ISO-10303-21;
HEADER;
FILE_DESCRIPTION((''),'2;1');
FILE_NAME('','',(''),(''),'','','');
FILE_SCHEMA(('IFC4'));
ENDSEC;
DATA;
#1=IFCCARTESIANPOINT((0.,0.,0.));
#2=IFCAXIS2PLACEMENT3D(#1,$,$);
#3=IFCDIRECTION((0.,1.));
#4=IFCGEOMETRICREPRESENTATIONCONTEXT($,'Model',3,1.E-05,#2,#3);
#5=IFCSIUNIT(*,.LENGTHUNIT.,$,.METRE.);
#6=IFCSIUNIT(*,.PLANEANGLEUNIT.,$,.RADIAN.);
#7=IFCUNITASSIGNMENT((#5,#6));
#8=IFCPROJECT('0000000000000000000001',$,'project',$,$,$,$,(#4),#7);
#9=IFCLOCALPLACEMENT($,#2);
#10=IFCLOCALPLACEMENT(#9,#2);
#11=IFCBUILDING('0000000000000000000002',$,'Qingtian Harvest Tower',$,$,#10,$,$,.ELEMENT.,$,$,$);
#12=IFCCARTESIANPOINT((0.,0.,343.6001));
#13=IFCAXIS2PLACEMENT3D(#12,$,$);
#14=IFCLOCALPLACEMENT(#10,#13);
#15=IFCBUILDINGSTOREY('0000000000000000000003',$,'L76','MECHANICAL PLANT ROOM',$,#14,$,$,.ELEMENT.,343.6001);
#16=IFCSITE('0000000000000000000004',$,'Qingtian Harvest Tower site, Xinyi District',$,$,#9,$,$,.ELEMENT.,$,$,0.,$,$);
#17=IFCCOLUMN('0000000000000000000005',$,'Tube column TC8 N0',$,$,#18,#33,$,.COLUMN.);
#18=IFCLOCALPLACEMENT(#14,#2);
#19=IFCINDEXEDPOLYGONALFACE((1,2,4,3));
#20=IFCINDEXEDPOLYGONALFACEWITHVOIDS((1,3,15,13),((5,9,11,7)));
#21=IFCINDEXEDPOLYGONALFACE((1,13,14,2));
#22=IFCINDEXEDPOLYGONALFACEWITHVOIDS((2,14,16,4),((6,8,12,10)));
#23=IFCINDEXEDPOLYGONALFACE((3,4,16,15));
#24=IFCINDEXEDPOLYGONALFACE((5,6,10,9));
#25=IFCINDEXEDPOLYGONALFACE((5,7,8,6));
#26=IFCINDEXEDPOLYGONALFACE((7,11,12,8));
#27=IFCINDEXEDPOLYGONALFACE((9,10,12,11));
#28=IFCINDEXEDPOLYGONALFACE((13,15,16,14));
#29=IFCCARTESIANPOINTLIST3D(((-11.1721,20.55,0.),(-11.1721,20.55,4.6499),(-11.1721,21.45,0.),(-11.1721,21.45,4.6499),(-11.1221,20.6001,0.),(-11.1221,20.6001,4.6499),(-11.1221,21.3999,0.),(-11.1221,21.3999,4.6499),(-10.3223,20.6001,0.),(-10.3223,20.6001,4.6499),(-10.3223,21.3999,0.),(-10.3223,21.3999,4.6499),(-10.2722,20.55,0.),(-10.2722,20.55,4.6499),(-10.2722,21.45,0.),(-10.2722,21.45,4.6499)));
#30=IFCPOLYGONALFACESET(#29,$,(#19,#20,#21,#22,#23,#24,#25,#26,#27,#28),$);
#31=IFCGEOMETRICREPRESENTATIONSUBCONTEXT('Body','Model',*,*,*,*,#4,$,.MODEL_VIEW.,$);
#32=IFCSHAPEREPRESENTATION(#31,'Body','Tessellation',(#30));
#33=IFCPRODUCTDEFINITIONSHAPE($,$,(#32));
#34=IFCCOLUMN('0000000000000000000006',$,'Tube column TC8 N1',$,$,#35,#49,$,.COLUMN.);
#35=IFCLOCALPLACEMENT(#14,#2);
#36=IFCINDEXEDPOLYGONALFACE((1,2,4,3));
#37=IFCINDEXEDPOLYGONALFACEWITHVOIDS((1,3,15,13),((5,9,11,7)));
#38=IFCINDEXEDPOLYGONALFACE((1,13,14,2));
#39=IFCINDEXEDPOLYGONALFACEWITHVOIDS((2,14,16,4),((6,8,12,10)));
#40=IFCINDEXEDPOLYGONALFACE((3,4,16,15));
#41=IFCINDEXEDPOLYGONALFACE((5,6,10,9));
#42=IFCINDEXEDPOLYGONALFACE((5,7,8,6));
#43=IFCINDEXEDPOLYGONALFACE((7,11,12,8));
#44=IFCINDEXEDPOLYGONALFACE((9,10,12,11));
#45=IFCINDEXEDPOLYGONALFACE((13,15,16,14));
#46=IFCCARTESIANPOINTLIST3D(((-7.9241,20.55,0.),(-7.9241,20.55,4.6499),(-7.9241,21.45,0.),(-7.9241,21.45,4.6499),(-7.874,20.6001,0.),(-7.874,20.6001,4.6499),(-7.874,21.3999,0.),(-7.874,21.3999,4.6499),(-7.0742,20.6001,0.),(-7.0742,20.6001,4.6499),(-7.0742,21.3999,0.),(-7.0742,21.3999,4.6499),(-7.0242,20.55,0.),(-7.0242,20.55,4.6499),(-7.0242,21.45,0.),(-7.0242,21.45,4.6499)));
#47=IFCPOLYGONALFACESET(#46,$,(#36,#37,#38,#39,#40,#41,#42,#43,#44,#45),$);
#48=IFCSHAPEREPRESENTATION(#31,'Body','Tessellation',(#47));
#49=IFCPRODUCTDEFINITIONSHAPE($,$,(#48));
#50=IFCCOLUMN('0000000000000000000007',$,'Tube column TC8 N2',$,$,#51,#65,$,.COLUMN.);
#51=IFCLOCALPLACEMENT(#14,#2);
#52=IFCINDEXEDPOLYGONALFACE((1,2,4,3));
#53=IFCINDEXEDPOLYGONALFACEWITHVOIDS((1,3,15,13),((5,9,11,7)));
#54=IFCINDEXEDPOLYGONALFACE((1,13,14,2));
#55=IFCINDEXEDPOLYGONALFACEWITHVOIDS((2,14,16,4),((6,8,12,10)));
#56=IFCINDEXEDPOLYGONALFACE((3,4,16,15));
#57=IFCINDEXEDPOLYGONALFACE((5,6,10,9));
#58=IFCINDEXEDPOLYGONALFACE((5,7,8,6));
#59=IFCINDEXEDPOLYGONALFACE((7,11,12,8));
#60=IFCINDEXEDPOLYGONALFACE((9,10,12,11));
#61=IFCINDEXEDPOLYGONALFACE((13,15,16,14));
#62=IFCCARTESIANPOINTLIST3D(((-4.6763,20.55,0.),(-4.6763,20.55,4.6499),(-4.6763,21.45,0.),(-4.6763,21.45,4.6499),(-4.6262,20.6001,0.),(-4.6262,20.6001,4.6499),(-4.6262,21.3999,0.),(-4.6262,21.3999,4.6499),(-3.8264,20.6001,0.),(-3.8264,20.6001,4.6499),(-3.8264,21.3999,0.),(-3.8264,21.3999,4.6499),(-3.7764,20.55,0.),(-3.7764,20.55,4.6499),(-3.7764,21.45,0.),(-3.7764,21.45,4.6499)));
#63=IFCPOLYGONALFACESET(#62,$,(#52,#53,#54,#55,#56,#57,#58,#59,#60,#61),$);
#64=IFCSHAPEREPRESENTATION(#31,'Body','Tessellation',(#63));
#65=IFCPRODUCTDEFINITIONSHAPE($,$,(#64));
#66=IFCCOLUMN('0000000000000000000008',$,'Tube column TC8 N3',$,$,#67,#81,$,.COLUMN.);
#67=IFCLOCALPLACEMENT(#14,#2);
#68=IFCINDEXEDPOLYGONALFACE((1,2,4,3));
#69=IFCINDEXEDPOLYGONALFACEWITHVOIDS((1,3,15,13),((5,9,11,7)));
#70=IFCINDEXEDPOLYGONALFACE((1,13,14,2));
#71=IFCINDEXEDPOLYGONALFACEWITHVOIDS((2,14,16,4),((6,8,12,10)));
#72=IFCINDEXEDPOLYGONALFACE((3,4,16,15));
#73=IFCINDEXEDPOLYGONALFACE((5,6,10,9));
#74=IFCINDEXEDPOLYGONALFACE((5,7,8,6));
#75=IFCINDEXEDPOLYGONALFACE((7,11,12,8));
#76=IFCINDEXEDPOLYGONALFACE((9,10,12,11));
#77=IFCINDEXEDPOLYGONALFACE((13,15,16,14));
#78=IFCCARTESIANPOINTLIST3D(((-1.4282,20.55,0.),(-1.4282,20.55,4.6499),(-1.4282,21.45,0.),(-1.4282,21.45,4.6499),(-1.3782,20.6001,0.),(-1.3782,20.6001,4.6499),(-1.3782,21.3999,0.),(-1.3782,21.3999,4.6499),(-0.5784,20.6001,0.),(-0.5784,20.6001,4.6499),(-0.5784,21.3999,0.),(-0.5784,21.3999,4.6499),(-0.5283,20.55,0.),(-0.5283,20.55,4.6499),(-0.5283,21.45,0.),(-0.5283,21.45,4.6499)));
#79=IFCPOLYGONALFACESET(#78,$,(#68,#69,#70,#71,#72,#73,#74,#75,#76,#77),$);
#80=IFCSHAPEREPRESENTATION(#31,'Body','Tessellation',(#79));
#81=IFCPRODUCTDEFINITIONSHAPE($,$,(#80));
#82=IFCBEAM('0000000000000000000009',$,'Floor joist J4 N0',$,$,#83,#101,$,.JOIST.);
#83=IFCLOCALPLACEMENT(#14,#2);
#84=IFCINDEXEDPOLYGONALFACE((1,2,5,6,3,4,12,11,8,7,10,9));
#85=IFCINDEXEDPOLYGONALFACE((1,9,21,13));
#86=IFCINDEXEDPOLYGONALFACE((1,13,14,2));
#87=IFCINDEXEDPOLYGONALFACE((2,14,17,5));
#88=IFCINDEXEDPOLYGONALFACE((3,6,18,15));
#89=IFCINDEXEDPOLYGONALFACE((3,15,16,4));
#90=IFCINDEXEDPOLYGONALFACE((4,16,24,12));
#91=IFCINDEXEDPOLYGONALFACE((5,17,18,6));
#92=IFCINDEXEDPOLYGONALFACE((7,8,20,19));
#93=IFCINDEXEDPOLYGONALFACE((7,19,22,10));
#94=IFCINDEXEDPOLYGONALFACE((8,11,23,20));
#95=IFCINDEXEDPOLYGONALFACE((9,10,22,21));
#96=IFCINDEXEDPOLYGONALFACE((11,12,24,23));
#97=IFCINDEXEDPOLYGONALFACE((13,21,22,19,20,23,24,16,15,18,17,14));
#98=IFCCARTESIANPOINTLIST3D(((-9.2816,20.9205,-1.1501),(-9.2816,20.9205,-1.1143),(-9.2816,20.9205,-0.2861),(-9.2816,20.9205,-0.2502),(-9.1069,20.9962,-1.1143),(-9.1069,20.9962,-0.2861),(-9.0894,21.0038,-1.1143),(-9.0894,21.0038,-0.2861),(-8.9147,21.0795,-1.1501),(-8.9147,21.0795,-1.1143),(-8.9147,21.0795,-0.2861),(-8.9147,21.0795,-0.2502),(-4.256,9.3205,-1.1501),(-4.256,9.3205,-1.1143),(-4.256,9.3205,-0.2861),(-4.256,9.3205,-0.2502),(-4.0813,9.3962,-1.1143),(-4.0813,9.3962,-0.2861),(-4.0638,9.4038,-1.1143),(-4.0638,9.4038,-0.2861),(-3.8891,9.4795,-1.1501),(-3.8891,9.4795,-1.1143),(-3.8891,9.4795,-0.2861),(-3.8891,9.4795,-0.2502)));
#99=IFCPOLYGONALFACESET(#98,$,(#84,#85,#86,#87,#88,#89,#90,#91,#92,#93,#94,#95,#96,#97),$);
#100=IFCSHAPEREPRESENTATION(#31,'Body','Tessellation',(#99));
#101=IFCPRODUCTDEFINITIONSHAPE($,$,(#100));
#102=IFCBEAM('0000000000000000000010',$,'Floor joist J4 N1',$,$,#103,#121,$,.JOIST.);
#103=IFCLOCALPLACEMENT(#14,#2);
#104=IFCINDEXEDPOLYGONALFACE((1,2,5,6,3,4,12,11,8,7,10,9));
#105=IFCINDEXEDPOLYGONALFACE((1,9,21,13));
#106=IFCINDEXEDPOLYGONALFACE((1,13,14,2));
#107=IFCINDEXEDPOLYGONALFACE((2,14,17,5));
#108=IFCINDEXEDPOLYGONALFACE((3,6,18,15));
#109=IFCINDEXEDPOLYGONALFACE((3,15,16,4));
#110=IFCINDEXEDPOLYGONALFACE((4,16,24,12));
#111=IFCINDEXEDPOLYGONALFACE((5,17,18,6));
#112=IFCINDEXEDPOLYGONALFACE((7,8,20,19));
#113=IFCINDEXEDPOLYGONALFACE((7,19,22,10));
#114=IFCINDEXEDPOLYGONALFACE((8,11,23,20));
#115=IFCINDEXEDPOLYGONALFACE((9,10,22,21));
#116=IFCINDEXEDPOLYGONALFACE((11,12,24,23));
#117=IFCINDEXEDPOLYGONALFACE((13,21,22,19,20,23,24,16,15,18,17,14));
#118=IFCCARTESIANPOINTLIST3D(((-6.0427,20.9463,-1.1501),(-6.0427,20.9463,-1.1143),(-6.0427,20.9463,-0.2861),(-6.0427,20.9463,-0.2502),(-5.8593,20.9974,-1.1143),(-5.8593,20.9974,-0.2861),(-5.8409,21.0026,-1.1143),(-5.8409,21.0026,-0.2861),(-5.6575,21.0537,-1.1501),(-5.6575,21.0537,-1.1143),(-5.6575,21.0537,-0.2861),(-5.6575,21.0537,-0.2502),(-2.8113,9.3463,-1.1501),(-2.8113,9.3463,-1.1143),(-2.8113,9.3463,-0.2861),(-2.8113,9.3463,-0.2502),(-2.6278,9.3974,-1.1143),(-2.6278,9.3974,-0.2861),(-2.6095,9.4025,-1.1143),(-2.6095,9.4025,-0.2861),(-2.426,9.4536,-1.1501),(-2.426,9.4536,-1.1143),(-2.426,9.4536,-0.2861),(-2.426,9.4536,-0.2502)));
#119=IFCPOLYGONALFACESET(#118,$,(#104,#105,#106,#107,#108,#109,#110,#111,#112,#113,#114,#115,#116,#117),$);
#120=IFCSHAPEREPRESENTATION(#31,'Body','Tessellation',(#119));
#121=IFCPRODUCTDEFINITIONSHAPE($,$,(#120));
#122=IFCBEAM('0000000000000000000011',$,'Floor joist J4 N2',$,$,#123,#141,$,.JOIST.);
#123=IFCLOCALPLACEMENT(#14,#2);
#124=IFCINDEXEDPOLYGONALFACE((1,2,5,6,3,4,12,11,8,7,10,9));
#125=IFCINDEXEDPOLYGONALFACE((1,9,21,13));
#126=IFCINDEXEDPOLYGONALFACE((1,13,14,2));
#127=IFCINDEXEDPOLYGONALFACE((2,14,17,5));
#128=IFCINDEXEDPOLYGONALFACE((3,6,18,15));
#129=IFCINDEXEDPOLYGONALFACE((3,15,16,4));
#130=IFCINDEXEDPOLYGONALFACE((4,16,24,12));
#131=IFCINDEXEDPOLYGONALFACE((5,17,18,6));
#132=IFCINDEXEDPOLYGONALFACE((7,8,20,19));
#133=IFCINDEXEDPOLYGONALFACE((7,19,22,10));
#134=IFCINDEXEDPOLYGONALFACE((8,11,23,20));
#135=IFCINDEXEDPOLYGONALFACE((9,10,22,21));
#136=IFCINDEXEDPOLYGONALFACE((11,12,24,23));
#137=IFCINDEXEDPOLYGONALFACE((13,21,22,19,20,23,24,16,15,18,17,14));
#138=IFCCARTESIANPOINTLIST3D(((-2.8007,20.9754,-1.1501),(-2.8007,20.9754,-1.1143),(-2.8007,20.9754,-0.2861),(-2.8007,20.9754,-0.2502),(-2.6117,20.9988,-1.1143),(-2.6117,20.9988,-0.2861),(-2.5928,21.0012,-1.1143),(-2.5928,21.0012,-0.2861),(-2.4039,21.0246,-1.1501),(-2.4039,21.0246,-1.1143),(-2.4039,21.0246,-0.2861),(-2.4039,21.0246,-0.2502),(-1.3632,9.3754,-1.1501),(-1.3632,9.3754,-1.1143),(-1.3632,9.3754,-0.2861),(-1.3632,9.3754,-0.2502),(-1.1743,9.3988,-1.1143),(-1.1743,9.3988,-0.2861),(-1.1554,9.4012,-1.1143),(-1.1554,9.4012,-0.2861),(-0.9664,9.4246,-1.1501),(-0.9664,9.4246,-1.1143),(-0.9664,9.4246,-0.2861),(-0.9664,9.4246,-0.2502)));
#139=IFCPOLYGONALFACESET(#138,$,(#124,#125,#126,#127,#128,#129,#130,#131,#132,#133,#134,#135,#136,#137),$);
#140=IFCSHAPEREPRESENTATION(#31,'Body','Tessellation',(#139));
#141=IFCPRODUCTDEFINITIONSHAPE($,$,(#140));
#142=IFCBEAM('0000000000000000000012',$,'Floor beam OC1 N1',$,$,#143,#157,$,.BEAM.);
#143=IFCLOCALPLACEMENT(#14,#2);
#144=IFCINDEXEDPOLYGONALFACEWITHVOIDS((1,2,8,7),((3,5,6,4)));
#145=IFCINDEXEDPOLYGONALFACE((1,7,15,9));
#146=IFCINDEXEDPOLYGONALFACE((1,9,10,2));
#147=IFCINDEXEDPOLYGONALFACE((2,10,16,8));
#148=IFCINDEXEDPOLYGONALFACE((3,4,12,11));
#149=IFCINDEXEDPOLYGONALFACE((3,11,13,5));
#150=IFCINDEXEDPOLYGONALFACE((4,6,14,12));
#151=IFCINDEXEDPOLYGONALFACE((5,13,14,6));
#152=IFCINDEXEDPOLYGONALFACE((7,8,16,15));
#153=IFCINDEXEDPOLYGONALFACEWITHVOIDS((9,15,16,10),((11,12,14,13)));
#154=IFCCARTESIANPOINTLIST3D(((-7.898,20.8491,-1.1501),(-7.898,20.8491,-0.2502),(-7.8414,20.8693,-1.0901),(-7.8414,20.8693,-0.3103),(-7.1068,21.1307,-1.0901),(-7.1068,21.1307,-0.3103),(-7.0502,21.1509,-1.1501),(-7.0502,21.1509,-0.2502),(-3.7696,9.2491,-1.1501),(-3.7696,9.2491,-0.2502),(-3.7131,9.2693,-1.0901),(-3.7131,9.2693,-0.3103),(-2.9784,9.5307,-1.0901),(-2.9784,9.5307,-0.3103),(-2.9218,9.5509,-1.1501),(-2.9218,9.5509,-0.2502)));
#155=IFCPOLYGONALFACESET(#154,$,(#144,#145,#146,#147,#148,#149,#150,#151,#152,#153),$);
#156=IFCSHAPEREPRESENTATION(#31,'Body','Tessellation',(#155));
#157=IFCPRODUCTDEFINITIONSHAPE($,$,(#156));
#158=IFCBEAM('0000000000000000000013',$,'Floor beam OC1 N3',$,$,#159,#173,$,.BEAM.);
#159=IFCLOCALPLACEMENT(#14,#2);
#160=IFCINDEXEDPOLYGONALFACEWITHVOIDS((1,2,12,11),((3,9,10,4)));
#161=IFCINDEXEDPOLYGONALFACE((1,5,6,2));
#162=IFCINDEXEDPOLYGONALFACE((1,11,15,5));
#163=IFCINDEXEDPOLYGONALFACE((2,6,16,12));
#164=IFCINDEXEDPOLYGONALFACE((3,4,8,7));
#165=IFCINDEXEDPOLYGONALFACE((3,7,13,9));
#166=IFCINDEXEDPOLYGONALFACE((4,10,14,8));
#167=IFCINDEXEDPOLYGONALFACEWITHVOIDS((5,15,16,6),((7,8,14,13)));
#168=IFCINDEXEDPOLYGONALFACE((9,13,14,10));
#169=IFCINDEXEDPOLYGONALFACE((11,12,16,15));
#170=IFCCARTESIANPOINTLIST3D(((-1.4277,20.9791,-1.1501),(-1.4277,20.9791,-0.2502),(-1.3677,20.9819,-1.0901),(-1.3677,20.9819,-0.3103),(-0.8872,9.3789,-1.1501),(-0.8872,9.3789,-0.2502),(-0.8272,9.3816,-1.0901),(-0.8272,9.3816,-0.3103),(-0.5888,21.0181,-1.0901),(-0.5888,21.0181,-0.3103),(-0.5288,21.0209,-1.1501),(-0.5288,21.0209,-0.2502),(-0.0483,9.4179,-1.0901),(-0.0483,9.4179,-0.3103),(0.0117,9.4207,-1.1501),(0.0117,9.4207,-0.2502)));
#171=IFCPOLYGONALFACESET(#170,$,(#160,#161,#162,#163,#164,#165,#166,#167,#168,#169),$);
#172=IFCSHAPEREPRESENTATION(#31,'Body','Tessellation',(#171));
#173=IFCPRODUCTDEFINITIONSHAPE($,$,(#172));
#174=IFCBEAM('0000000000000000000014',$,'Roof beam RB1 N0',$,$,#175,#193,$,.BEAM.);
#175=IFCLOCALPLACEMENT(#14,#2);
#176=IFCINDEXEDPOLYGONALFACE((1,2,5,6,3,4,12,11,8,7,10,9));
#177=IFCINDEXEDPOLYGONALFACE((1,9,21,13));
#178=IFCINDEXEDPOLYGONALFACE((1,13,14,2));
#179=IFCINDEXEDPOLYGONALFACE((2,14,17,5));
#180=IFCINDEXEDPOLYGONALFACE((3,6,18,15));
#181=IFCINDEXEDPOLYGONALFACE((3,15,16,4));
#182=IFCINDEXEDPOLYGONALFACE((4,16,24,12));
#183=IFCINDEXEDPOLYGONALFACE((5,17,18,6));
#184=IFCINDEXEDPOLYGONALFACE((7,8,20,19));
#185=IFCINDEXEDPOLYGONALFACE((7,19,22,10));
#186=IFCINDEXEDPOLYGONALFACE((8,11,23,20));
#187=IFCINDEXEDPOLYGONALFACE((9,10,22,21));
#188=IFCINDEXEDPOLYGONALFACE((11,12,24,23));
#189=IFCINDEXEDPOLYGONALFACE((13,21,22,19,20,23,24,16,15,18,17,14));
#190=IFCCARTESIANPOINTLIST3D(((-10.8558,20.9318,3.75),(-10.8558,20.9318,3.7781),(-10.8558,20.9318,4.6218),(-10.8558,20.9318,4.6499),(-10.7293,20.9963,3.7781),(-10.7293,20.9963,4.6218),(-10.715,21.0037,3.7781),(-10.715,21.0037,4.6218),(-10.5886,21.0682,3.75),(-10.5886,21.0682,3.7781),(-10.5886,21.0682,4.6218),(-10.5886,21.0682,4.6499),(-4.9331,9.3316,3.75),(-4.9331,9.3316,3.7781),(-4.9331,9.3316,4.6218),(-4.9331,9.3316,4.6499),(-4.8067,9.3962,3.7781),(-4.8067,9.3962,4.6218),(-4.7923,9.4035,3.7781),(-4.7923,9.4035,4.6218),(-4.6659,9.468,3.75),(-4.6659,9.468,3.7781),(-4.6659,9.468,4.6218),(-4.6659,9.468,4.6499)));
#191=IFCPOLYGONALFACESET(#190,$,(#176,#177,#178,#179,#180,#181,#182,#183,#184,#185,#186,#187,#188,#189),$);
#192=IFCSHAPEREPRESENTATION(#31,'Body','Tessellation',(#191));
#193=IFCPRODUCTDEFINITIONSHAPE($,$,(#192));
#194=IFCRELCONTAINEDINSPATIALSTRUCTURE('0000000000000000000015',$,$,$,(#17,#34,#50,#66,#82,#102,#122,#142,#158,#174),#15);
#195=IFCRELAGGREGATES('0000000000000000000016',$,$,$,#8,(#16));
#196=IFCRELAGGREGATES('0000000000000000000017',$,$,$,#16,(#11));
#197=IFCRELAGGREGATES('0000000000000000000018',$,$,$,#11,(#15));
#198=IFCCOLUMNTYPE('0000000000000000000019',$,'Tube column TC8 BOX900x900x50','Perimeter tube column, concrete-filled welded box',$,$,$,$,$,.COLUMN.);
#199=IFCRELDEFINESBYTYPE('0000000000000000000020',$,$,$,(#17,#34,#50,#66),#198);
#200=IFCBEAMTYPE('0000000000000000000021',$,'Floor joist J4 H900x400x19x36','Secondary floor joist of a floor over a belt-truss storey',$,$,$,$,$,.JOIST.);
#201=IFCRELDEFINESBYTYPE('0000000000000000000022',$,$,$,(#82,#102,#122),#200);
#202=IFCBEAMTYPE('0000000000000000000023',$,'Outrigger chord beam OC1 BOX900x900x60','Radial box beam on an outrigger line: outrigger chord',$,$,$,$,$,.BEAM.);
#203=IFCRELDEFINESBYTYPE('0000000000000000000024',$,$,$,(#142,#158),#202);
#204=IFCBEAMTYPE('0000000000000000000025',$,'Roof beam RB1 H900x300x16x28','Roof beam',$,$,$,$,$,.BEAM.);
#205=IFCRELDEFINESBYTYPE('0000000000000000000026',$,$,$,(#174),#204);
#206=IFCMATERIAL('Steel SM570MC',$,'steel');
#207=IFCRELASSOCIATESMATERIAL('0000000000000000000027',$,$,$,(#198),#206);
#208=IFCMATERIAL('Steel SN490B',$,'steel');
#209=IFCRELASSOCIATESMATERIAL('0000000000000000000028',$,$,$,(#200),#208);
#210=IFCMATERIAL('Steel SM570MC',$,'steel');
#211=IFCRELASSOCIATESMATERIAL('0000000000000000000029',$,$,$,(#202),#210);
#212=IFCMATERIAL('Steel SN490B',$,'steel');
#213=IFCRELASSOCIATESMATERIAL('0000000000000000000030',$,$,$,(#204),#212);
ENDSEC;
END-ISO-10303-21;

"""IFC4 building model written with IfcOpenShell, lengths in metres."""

from ifc_helpers import new_model, si_unit, direction, frame, origin, origin_2d, place, context, subcontext, project, spatial, hollow_rectangle, i_section, extrude, material, material_profile, profile_set, type_object, element, save


model = new_model("IFC4")

# Units and contexts
model_context = context("Model", 3, precision=1e-05, world=origin(), true_north=direction((0.0, 1.0)))
body_context = subcontext(model_context, "Body", "Model", "MODEL_VIEW")
ifc_project = project(units=[si_unit("LENGTHUNIT", "METRE"), si_unit("PLANEANGLEUNIT", "RADIAN")], contexts=[model_context])

# Site, building, storey
site_placement = place(None, origin())
site = spatial("IfcSite", under=ifc_project, at=site_placement, Name="Qingtian Harvest Tower site, Xinyi District", CompositionType="ELEMENT", RefElevation=0.0)
building_placement = place(site_placement, origin())
building = spatial("IfcBuilding", under=site, at=building_placement, Name="Qingtian Harvest Tower", CompositionType="ELEMENT")
storey_placement = place(building_placement, frame((0.0, 0.0, 343.6001)))
storey = spatial("IfcBuildingStorey", under=building, at=storey_placement, Name="L76", Description="MECHANICAL PLANT ROOM", CompositionType="ELEMENT", Elevation=343.6001)

# Columns
ifc_material_1 = material(Name="Steel SM570MC", Category="steel")
ifc_material_profile_1 = material_profile(ifc_material_1, hollow_rectangle(XDim=0.8999, YDim=0.8999, WallThickness=0.05, at=origin_2d()), Name="BOX900x900x50")
ifc_profile_set_1 = profile_set([ifc_material_profile_1], Name="Steel SM570MC")
column_type = type_object("IfcColumnType", Name="Tube column TC8 BOX900x900x50", Description="Perimeter tube column, concrete-filled welded box", PredefinedType="COLUMN", material=ifc_profile_set_1)
for number, where, z_axis, x_axis, name in (
    (1, (-10.7222, 21.0, 0.0), (0.0, 0.0, 1.0), (-1.0, 0.0, 0.0), "Tube column TC8 N0"),
    (2, (-7.4741, 21.0, 0.0), (0.0, 0.0, 1.0), (-1.0, 0.0, 0.0), "Tube column TC8 N1"),
    (3, (-4.2263, 21.0, 0.0), (0.0, 0.0, 1.0), (-1.0, 0.0, 0.0), "Tube column TC8 N2"),
    (4, (-0.9783, 21.0, 0.0), (0.0, 0.0, 1.0), (-1.0, 0.0, 0.0), "Tube column TC8 N3"),
):
    element("IfcColumn", number, at=place(storey_placement, frame(where, z_axis=z_axis, x_axis=x_axis)), inside=storey, type_object=column_type, Name=name, PredefinedType="COLUMN", context=body_context, shape_type="SweptSolid", body=[
        extrude(hollow_rectangle(XDim=0.8999, YDim=0.8999, WallThickness=0.05, at=origin_2d()), origin(), (0.0, 0.0, 1.0), 4.6499),
    ])

# Beams
ifc_material_2 = material(Name="Steel SN490B", Category="steel")
ifc_material_profile_2 = material_profile(ifc_material_2, i_section(OverallWidth=0.3999, OverallDepth=0.8999, WebThickness=0.019, FlangeThickness=0.0359, at=origin_2d()), Name="H900x400x19x36")
ifc_profile_set_2 = profile_set([ifc_material_profile_2], Name="Steel SN490B")
beam_type_1 = type_object("IfcBeamType", Name="Floor joist J4 H900x400x19x36", Description="Secondary floor joist of a floor over a belt-truss storey", PredefinedType="JOIST", material=ifc_profile_set_2)
beam_1_placement = place(storey_placement, frame((-9.0981, 21.0, -0.7002), z_axis=(0.397536, -0.917587, 0.0), x_axis=(0.917587, 0.397536, 0.0)))
element("IfcBeam", 5, at=beam_1_placement, inside=storey, type_object=beam_type_1, Name="Floor joist J4 N0", PredefinedType="JOIST", context=body_context, shape_type="SweptSolid", body=[
    extrude(i_section(OverallWidth=0.3999, OverallDepth=0.8999, WebThickness=0.019, FlangeThickness=0.0359, at=origin_2d()), origin(), (0.0, 0.0, 1.0), 12.6418),
])
beam_2_placement = place(storey_placement, frame((-5.8501, 21.0, -0.7002), z_axis=(0.268353, -0.963321, 0.0), x_axis=(0.963321, 0.268353, 0.0)))
element("IfcBeam", 6, at=beam_2_placement, inside=storey, type_object=beam_type_1, Name="Floor joist J4 N1", PredefinedType="JOIST", context=body_context, shape_type="SweptSolid", body=[
    extrude(i_section(OverallWidth=0.3999, OverallDepth=0.8999, WebThickness=0.019, FlangeThickness=0.0359, at=origin_2d()), origin(), (0.0, 0.0, 1.0), 12.0417),
])
beam_3_placement = place(storey_placement, frame((-2.6023, 21.0, -0.7002), z_axis=(0.122981, -0.992409, 0.0), x_axis=(0.992409, 0.122981, 0.0)))
element("IfcBeam", 7, at=beam_3_placement, inside=storey, type_object=beam_type_1, Name="Floor joist J4 N2", PredefinedType="JOIST", context=body_context, shape_type="SweptSolid", body=[
    extrude(i_section(OverallWidth=0.3999, OverallDepth=0.8999, WebThickness=0.019, FlangeThickness=0.0359, at=origin_2d()), origin(), (0.0, 0.0, 1.0), 11.6887),
])
ifc_material_3 = material(Name="Steel SM570MC", Category="steel")
ifc_material_profile_3 = material_profile(ifc_material_3, hollow_rectangle(XDim=0.8999, YDim=0.8999, WallThickness=0.0601, at=origin_2d()), Name="BOX900x900x60")
ifc_profile_set_3 = profile_set([ifc_material_profile_3], Name="Steel SM570MC")
beam_type_2 = type_object("IfcBeamType", Name="Outrigger chord beam OC1 BOX900x900x60", Description="Radial box beam on an outrigger line: outrigger chord", PredefinedType="BEAM", material=ifc_profile_set_3)
beam_4_placement = place(storey_placement, frame((-7.4741, 21.0, -0.7002), z_axis=(0.335294, -0.942114, 0.0), x_axis=(0.942114, 0.335294, 0.0)))
element("IfcBeam", 8, at=beam_4_placement, inside=storey, type_object=beam_type_2, Name="Floor beam OC1 N1", PredefinedType="BEAM", context=body_context, shape_type="SweptSolid", body=[
    extrude(hollow_rectangle(XDim=0.8999, YDim=0.8999, WallThickness=0.0601, at=origin_2d()), origin(), (0.0, 0.0, 1.0), 12.3127),
])
beam_5_placement = place(storey_placement, frame((-0.9783, 21.0, -0.7002), z_axis=(0.046546, -0.998916, 0.0), x_axis=(0.998916, 0.046546, 0.0)))
element("IfcBeam", 9, at=beam_5_placement, inside=storey, type_object=beam_type_2, Name="Floor beam OC1 N3", PredefinedType="BEAM", context=body_context, shape_type="SweptSolid", body=[
    extrude(hollow_rectangle(XDim=0.8999, YDim=0.8999, WallThickness=0.0601, at=origin_2d()), origin(), (0.0, 0.0, 1.0), 11.6128),
])
ifc_material_4 = material(Name="Steel SN490B", Category="steel")
ifc_material_profile_4 = material_profile(ifc_material_4, i_section(OverallWidth=0.3, OverallDepth=0.8999, WebThickness=0.0161, FlangeThickness=0.0281, at=origin_2d()), Name="H900x300x16x28")
ifc_profile_set_4 = profile_set([ifc_material_profile_4], Name="Steel SN490B")
beam_type_3 = type_object("IfcBeamType", Name="Roof beam RB1 H900x300x16x28", Description="Roof beam", PredefinedType="BEAM", material=ifc_profile_set_4)
beam_6_placement = place(storey_placement, frame((-10.7222, 21.0, 4.2), z_axis=(0.454726, -0.890632, 0.0), x_axis=(0.890632, 0.454726, 0.0)))
element("IfcBeam", 10, at=beam_6_placement, inside=storey, type_object=beam_type_3, Name="Roof beam RB1 N0", PredefinedType="BEAM", context=body_context, shape_type="SweptSolid", body=[
    extrude(i_section(OverallWidth=0.3, OverallDepth=0.8999, WebThickness=0.0161, FlangeThickness=0.0281, at=origin_2d()), origin(), (0.0, 0.0, 1.0), 13.0247),
])

save(model, "model.ifc")
